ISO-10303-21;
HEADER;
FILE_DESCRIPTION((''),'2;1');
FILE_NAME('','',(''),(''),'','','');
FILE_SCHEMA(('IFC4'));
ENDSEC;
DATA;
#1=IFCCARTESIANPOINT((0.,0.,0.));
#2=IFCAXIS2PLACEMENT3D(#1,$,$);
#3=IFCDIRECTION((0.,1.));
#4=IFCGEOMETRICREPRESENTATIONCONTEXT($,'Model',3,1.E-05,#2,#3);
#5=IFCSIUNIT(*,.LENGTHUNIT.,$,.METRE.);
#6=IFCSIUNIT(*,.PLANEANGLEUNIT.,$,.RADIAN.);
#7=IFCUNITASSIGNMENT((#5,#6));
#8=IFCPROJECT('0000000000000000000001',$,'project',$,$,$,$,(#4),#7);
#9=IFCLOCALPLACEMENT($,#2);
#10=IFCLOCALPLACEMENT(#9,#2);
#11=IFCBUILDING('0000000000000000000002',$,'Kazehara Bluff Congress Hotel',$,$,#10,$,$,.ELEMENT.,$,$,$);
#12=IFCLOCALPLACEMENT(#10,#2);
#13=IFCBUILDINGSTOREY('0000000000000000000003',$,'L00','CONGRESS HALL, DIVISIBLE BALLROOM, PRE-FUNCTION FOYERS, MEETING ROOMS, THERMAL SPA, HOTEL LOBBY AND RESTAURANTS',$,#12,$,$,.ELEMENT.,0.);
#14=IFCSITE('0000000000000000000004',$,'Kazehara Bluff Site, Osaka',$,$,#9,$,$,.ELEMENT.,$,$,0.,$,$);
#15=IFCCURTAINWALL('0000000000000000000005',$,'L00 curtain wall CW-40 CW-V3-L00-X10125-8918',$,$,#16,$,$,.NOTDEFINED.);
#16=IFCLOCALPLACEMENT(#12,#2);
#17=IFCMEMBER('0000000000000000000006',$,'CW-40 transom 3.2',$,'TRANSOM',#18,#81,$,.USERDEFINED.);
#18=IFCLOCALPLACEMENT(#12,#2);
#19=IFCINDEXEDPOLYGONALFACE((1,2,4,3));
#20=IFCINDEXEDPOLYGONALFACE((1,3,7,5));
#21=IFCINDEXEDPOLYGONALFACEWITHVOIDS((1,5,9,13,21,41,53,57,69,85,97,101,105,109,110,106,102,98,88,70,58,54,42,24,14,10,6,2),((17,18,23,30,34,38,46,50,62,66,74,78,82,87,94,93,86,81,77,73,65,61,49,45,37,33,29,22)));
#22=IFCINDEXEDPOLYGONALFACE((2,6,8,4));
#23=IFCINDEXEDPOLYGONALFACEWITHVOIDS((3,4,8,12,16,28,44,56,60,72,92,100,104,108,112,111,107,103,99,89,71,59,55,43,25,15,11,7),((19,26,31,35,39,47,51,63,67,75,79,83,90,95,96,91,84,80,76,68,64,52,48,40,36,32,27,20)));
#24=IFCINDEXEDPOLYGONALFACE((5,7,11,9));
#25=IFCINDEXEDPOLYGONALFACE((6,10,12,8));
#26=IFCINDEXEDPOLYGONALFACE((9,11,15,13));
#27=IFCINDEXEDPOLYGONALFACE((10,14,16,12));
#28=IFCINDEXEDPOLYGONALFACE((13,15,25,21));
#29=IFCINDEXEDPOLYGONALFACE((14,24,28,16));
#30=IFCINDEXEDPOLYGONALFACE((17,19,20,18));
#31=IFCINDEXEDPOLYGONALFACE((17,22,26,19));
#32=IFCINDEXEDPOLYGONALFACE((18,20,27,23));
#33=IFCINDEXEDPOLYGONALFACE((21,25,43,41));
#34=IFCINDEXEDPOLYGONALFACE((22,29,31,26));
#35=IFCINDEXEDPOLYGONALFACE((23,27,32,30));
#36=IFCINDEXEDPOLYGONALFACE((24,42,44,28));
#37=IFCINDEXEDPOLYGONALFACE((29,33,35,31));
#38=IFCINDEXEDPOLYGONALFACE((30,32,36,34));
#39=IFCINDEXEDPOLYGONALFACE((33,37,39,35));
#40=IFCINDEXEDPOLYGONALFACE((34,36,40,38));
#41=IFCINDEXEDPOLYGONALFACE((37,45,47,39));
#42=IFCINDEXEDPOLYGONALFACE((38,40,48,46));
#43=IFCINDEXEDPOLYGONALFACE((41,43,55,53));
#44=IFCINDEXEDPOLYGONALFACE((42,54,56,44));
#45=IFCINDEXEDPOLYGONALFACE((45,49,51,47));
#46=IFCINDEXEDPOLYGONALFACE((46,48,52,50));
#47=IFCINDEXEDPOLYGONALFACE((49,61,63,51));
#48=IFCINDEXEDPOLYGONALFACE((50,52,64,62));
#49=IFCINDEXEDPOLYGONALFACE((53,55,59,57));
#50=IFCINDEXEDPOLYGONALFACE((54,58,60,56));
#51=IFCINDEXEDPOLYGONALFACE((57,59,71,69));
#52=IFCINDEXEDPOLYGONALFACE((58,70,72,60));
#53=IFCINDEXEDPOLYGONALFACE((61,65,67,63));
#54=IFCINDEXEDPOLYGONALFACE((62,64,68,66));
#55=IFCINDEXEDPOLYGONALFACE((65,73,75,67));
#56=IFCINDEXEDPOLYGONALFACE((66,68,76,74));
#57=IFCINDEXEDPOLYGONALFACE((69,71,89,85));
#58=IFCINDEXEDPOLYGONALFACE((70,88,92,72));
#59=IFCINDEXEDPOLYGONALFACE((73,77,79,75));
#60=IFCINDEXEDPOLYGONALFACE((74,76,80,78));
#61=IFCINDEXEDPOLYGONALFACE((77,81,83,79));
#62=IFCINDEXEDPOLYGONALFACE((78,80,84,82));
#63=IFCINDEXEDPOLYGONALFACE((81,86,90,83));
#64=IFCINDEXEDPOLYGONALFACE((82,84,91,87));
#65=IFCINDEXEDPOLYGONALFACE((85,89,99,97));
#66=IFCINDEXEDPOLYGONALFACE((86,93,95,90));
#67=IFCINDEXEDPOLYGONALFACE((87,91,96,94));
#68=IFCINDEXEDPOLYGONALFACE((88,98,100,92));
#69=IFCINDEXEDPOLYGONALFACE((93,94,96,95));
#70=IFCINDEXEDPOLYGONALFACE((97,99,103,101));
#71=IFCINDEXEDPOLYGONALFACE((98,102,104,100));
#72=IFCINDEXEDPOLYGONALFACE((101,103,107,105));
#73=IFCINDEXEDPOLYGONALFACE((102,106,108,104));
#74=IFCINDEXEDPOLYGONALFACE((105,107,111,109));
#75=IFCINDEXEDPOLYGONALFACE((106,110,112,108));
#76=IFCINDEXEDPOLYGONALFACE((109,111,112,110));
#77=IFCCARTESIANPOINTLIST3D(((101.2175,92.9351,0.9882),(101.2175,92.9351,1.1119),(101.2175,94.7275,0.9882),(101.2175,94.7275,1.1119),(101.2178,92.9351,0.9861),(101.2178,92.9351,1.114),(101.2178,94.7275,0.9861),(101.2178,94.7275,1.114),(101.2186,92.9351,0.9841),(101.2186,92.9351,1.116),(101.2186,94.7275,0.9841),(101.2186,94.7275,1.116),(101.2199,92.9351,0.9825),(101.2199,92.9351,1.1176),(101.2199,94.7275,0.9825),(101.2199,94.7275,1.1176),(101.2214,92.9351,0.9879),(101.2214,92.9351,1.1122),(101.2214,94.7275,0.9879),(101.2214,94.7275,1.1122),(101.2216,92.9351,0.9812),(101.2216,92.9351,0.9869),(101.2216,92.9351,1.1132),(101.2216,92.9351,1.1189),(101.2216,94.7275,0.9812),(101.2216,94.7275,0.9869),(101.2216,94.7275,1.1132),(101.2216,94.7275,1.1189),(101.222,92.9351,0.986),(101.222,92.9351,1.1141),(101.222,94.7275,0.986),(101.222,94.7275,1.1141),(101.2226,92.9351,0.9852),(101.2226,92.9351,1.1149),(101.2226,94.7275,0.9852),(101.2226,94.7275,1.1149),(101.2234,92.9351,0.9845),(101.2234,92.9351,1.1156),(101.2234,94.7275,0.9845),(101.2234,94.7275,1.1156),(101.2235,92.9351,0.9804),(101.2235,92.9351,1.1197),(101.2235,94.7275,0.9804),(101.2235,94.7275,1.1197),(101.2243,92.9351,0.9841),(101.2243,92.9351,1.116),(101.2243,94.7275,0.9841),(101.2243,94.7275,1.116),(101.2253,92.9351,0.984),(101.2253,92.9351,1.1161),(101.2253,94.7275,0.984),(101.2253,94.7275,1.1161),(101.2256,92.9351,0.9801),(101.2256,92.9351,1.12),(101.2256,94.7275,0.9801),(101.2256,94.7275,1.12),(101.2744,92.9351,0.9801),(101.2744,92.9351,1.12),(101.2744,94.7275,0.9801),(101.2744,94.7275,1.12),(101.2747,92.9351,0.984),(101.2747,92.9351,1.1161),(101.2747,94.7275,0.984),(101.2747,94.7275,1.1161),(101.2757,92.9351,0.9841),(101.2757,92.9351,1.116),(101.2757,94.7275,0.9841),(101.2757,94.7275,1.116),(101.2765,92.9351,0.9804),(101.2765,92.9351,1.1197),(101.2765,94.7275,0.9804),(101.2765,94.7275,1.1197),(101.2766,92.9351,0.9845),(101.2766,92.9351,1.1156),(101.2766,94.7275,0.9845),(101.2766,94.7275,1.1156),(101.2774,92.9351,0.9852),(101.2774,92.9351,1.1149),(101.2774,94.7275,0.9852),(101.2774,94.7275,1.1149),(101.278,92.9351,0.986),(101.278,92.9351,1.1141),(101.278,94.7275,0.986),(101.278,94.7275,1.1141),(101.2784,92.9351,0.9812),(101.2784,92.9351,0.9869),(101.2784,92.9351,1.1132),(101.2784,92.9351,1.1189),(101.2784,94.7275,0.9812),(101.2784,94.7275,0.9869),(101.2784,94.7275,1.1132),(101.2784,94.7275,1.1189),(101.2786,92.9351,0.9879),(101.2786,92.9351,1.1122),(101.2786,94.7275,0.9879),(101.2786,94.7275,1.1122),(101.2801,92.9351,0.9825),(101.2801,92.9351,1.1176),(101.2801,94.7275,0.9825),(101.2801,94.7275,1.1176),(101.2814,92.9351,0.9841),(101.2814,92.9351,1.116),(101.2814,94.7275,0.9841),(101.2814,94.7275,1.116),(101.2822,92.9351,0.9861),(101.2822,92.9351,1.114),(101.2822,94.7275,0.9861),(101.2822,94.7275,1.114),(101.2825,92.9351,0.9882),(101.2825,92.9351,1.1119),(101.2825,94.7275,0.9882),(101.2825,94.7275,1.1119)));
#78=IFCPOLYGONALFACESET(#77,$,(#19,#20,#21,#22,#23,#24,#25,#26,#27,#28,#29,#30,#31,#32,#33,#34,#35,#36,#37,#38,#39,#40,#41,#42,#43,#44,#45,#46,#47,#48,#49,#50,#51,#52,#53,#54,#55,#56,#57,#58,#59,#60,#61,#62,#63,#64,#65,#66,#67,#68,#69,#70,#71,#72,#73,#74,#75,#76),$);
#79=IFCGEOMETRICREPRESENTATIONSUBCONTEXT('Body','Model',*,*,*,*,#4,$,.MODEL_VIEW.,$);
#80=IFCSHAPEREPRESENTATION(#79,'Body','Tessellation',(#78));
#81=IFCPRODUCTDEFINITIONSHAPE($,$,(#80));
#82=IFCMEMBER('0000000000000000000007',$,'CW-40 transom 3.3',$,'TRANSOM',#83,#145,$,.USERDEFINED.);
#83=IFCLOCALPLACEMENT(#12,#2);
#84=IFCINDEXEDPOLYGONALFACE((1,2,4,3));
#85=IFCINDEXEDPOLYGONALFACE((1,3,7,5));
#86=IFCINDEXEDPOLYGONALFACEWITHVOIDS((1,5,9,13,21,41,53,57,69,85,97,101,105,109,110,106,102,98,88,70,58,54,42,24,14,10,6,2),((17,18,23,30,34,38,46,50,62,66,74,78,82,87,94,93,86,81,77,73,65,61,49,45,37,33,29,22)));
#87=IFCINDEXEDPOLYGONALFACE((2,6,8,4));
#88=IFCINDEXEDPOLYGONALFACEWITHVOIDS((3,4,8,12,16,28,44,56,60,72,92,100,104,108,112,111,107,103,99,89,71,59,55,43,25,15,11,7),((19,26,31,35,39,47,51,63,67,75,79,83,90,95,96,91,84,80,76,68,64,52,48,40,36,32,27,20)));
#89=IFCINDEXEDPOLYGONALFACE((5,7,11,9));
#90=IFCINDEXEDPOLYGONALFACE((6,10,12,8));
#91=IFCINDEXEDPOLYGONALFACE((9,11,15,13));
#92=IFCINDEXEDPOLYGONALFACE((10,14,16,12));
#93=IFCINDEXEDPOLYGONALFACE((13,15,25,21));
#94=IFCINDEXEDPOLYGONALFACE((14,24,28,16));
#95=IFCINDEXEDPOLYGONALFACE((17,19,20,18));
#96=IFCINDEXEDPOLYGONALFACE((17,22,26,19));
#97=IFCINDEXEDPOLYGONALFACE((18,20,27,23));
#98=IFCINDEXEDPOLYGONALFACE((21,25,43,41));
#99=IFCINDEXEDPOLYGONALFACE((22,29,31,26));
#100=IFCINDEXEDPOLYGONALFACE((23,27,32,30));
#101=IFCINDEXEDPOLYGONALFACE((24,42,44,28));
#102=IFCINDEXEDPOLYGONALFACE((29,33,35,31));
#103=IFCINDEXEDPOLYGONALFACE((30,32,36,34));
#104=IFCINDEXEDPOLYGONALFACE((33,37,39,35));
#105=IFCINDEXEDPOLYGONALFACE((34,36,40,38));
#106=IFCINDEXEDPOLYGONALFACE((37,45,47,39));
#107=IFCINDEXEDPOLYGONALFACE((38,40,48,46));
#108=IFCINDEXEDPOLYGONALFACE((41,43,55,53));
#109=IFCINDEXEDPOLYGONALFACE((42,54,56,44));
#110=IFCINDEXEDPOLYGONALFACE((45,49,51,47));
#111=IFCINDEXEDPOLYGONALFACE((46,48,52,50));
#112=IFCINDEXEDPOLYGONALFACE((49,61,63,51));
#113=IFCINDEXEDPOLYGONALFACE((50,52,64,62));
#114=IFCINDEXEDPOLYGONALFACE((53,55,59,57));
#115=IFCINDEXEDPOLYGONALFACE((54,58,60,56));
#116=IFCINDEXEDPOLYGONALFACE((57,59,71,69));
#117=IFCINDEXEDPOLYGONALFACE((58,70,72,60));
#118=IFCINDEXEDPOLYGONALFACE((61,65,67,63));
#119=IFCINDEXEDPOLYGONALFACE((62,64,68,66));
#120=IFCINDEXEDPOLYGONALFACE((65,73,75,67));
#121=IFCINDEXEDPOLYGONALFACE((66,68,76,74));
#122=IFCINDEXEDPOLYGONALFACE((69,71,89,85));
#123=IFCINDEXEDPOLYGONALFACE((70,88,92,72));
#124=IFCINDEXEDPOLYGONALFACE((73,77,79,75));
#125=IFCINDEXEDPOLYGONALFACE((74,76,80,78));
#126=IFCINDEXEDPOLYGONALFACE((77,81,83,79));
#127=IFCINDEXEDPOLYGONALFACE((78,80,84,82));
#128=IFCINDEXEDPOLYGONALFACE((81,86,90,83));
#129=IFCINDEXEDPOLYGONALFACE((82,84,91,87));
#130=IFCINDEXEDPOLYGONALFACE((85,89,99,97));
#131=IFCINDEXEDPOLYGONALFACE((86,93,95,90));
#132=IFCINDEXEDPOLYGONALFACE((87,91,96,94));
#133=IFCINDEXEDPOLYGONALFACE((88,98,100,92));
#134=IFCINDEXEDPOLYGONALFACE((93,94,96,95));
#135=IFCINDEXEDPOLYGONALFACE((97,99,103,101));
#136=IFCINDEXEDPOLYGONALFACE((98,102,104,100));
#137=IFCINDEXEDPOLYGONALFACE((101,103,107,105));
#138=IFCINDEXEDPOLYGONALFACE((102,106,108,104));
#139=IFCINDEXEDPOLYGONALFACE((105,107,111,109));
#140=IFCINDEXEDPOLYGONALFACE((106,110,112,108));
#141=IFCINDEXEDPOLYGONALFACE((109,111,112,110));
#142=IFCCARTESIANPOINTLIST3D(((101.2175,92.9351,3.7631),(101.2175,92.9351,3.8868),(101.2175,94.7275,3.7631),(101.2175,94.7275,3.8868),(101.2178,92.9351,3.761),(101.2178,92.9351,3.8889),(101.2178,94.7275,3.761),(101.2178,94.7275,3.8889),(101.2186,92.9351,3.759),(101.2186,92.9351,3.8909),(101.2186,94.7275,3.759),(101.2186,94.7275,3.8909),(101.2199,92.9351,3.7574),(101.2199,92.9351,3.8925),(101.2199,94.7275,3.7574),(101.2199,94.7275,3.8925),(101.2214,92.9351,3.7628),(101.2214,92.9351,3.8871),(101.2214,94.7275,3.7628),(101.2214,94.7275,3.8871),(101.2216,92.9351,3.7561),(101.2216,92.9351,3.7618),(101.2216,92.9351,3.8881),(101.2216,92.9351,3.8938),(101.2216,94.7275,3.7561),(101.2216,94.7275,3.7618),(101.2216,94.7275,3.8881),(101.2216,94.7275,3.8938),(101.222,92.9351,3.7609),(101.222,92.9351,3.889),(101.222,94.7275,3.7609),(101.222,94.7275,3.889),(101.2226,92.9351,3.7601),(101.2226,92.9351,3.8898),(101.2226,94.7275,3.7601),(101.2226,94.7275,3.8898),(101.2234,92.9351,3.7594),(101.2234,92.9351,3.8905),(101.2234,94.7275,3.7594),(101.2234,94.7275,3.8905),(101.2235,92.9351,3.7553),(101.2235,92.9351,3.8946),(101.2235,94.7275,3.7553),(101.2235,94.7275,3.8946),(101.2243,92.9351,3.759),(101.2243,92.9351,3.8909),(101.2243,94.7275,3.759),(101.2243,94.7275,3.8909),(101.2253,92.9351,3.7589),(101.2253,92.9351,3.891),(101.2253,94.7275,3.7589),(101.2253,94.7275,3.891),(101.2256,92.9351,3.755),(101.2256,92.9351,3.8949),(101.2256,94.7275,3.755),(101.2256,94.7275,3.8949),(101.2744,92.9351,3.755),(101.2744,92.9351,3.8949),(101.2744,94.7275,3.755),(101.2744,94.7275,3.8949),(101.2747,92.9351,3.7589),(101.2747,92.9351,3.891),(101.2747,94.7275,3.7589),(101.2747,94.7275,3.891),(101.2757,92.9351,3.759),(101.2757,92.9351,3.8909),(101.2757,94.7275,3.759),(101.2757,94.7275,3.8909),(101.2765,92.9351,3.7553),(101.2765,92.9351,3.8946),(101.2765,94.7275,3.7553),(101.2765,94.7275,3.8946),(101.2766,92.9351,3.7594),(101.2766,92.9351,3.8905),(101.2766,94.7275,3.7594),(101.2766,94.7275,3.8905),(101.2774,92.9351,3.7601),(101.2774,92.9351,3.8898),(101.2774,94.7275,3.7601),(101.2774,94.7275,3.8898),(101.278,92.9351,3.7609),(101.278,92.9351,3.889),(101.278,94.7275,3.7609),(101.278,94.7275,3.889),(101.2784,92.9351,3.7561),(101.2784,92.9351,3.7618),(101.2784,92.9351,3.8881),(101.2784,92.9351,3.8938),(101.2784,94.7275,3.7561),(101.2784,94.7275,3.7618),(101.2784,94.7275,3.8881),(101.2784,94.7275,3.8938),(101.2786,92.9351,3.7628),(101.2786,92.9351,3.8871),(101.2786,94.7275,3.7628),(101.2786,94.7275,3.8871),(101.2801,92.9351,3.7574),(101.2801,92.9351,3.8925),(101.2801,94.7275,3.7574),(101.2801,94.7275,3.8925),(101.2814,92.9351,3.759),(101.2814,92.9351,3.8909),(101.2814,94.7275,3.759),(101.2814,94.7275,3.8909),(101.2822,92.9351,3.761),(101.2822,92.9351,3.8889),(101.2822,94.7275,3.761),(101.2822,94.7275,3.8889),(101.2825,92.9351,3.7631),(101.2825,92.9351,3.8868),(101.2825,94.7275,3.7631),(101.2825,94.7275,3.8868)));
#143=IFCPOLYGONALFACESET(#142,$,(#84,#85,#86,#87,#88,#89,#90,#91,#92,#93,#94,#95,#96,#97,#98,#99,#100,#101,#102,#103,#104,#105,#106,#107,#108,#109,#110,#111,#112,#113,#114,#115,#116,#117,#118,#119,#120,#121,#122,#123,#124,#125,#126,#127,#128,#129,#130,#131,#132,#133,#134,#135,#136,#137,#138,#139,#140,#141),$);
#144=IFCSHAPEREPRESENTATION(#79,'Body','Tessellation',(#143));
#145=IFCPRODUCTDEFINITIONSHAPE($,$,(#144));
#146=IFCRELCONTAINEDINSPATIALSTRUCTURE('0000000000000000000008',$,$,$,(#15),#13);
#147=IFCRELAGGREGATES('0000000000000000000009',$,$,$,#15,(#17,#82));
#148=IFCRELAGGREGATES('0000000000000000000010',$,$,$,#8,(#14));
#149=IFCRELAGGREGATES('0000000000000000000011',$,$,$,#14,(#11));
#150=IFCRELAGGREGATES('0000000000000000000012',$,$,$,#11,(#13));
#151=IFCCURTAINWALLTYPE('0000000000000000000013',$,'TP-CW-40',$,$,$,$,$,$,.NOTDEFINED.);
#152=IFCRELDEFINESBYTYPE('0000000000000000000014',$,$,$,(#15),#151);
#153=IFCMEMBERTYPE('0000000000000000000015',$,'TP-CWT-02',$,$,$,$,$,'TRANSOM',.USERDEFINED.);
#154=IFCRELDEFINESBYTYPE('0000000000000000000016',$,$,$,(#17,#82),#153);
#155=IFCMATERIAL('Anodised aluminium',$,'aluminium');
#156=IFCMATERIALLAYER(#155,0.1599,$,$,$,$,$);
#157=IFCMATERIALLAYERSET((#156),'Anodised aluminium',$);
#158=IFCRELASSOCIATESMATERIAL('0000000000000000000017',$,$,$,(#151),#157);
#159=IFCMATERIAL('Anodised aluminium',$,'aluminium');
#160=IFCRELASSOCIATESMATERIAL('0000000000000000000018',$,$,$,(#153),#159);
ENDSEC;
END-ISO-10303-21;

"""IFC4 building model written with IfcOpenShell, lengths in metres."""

from ifc_helpers import new_model, si_unit, direction, frame, origin, origin_2d, place, context, subcontext, project, spatial, hollow_rectangle, extrude, material, layer, layer_set, material_profile, profile_set, type_object, element, aggregate, save


model = new_model("IFC4")

# Units and contexts
model_context = context("Model", 3, precision=1e-05, world=origin(), true_north=direction((0.0, 1.0)))
body_context = subcontext(model_context, "Body", "Model", "MODEL_VIEW")
ifc_project = project(units=[si_unit("LENGTHUNIT", "METRE"), si_unit("PLANEANGLEUNIT", "RADIAN")], contexts=[model_context])

# Site, building, storey
site_placement = place(None, origin())
site = spatial("IfcSite", under=ifc_project, at=site_placement, Name="Kazehara Bluff Site, Osaka", CompositionType="ELEMENT", RefElevation=0.0)
building_placement = place(site_placement, origin())
building = spatial("IfcBuilding", under=site, at=building_placement, Name="Kazehara Bluff Congress Hotel", CompositionType="ELEMENT")
storey_placement = place(building_placement, origin())
storey = spatial("IfcBuildingStorey", under=building, at=storey_placement, Name="L00", Description="CONGRESS HALL, DIVISIBLE BALLROOM, PRE-FUNCTION FOYERS, MEETING ROOMS, THERMAL SPA, HOTEL LOBBY AND RESTAURANTS", CompositionType="ELEMENT", Elevation=0.0)

# Curtain wall, members
ifc_material_1 = material(Name="Anodised aluminium", Category="aluminium")
ifc_layer_1 = layer(ifc_material_1, 0.1599)
ifc_layer_set_1 = layer_set([ifc_layer_1], Name="Anodised aluminium")
curtain_wall_type = type_object("IfcCurtainWallType", Name="TP-CW-40", PredefinedType="NOTDEFINED", material=ifc_layer_set_1)
curtain_wall_placement = place(storey_placement, origin())
curtain_wall = element("IfcCurtainWall", 1, at=curtain_wall_placement, inside=storey, type_object=curtain_wall_type, Name="L00 curtain wall CW-40 CW-V3-L00-X10125-8918", PredefinedType="NOTDEFINED")
ifc_material_2 = material(Name="Anodised aluminium", Category="aluminium")
ifc_material_profile_1 = material_profile(ifc_material_2, hollow_rectangle(XDim=0.0649, YDim=0.1399, WallThickness=0.0039, InnerFilletRadius=0.0039, OuterFilletRadius=0.0081, at=origin_2d()))
ifc_profile_set_1 = profile_set([ifc_material_profile_1], Name="Anodised aluminium")
member_type_1 = type_object("IfcMemberType", Name="TP-CWT-02", ElementType="TRANSOM", PredefinedType="USERDEFINED", material=ifc_profile_set_1)
member_1_placement = place(storey_placement, frame((101.25, 92.9351, 1.05), z_axis=(0.0, 1.0, 0.0), x_axis=(-1.0, 0.0, 0.0)))
member_1 = element("IfcMember", 2, at=member_1_placement, type_object=member_type_1, Name="CW-40 transom 3.2", ObjectType="TRANSOM", PredefinedType="USERDEFINED", context=body_context, shape_type="SweptSolid", body=[
    extrude(hollow_rectangle(XDim=0.0649, YDim=0.1399, WallThickness=0.0039, InnerFilletRadius=0.0039, OuterFilletRadius=0.0081, at=origin_2d()), origin(), (0.0, 0.0, 1.0), 1.7925),
])
member_2_placement = place(storey_placement, frame((101.25, 92.9351, 3.825), z_axis=(0.0, 1.0, 0.0), x_axis=(-1.0, 0.0, 0.0)))
member_2 = element("IfcMember", 3, at=member_2_placement, type_object=member_type_1, Name="CW-40 transom 3.3", ObjectType="TRANSOM", PredefinedType="USERDEFINED", context=body_context, shape_type="SweptSolid", body=[
    extrude(hollow_rectangle(XDim=0.0649, YDim=0.1399, WallThickness=0.0039, InnerFilletRadius=0.0039, OuterFilletRadius=0.0081, at=origin_2d()), origin(), (0.0, 0.0, 1.0), 1.7925),
])
aggregate(curtain_wall, [member_1, member_2])

save(model, "model.ifc")
